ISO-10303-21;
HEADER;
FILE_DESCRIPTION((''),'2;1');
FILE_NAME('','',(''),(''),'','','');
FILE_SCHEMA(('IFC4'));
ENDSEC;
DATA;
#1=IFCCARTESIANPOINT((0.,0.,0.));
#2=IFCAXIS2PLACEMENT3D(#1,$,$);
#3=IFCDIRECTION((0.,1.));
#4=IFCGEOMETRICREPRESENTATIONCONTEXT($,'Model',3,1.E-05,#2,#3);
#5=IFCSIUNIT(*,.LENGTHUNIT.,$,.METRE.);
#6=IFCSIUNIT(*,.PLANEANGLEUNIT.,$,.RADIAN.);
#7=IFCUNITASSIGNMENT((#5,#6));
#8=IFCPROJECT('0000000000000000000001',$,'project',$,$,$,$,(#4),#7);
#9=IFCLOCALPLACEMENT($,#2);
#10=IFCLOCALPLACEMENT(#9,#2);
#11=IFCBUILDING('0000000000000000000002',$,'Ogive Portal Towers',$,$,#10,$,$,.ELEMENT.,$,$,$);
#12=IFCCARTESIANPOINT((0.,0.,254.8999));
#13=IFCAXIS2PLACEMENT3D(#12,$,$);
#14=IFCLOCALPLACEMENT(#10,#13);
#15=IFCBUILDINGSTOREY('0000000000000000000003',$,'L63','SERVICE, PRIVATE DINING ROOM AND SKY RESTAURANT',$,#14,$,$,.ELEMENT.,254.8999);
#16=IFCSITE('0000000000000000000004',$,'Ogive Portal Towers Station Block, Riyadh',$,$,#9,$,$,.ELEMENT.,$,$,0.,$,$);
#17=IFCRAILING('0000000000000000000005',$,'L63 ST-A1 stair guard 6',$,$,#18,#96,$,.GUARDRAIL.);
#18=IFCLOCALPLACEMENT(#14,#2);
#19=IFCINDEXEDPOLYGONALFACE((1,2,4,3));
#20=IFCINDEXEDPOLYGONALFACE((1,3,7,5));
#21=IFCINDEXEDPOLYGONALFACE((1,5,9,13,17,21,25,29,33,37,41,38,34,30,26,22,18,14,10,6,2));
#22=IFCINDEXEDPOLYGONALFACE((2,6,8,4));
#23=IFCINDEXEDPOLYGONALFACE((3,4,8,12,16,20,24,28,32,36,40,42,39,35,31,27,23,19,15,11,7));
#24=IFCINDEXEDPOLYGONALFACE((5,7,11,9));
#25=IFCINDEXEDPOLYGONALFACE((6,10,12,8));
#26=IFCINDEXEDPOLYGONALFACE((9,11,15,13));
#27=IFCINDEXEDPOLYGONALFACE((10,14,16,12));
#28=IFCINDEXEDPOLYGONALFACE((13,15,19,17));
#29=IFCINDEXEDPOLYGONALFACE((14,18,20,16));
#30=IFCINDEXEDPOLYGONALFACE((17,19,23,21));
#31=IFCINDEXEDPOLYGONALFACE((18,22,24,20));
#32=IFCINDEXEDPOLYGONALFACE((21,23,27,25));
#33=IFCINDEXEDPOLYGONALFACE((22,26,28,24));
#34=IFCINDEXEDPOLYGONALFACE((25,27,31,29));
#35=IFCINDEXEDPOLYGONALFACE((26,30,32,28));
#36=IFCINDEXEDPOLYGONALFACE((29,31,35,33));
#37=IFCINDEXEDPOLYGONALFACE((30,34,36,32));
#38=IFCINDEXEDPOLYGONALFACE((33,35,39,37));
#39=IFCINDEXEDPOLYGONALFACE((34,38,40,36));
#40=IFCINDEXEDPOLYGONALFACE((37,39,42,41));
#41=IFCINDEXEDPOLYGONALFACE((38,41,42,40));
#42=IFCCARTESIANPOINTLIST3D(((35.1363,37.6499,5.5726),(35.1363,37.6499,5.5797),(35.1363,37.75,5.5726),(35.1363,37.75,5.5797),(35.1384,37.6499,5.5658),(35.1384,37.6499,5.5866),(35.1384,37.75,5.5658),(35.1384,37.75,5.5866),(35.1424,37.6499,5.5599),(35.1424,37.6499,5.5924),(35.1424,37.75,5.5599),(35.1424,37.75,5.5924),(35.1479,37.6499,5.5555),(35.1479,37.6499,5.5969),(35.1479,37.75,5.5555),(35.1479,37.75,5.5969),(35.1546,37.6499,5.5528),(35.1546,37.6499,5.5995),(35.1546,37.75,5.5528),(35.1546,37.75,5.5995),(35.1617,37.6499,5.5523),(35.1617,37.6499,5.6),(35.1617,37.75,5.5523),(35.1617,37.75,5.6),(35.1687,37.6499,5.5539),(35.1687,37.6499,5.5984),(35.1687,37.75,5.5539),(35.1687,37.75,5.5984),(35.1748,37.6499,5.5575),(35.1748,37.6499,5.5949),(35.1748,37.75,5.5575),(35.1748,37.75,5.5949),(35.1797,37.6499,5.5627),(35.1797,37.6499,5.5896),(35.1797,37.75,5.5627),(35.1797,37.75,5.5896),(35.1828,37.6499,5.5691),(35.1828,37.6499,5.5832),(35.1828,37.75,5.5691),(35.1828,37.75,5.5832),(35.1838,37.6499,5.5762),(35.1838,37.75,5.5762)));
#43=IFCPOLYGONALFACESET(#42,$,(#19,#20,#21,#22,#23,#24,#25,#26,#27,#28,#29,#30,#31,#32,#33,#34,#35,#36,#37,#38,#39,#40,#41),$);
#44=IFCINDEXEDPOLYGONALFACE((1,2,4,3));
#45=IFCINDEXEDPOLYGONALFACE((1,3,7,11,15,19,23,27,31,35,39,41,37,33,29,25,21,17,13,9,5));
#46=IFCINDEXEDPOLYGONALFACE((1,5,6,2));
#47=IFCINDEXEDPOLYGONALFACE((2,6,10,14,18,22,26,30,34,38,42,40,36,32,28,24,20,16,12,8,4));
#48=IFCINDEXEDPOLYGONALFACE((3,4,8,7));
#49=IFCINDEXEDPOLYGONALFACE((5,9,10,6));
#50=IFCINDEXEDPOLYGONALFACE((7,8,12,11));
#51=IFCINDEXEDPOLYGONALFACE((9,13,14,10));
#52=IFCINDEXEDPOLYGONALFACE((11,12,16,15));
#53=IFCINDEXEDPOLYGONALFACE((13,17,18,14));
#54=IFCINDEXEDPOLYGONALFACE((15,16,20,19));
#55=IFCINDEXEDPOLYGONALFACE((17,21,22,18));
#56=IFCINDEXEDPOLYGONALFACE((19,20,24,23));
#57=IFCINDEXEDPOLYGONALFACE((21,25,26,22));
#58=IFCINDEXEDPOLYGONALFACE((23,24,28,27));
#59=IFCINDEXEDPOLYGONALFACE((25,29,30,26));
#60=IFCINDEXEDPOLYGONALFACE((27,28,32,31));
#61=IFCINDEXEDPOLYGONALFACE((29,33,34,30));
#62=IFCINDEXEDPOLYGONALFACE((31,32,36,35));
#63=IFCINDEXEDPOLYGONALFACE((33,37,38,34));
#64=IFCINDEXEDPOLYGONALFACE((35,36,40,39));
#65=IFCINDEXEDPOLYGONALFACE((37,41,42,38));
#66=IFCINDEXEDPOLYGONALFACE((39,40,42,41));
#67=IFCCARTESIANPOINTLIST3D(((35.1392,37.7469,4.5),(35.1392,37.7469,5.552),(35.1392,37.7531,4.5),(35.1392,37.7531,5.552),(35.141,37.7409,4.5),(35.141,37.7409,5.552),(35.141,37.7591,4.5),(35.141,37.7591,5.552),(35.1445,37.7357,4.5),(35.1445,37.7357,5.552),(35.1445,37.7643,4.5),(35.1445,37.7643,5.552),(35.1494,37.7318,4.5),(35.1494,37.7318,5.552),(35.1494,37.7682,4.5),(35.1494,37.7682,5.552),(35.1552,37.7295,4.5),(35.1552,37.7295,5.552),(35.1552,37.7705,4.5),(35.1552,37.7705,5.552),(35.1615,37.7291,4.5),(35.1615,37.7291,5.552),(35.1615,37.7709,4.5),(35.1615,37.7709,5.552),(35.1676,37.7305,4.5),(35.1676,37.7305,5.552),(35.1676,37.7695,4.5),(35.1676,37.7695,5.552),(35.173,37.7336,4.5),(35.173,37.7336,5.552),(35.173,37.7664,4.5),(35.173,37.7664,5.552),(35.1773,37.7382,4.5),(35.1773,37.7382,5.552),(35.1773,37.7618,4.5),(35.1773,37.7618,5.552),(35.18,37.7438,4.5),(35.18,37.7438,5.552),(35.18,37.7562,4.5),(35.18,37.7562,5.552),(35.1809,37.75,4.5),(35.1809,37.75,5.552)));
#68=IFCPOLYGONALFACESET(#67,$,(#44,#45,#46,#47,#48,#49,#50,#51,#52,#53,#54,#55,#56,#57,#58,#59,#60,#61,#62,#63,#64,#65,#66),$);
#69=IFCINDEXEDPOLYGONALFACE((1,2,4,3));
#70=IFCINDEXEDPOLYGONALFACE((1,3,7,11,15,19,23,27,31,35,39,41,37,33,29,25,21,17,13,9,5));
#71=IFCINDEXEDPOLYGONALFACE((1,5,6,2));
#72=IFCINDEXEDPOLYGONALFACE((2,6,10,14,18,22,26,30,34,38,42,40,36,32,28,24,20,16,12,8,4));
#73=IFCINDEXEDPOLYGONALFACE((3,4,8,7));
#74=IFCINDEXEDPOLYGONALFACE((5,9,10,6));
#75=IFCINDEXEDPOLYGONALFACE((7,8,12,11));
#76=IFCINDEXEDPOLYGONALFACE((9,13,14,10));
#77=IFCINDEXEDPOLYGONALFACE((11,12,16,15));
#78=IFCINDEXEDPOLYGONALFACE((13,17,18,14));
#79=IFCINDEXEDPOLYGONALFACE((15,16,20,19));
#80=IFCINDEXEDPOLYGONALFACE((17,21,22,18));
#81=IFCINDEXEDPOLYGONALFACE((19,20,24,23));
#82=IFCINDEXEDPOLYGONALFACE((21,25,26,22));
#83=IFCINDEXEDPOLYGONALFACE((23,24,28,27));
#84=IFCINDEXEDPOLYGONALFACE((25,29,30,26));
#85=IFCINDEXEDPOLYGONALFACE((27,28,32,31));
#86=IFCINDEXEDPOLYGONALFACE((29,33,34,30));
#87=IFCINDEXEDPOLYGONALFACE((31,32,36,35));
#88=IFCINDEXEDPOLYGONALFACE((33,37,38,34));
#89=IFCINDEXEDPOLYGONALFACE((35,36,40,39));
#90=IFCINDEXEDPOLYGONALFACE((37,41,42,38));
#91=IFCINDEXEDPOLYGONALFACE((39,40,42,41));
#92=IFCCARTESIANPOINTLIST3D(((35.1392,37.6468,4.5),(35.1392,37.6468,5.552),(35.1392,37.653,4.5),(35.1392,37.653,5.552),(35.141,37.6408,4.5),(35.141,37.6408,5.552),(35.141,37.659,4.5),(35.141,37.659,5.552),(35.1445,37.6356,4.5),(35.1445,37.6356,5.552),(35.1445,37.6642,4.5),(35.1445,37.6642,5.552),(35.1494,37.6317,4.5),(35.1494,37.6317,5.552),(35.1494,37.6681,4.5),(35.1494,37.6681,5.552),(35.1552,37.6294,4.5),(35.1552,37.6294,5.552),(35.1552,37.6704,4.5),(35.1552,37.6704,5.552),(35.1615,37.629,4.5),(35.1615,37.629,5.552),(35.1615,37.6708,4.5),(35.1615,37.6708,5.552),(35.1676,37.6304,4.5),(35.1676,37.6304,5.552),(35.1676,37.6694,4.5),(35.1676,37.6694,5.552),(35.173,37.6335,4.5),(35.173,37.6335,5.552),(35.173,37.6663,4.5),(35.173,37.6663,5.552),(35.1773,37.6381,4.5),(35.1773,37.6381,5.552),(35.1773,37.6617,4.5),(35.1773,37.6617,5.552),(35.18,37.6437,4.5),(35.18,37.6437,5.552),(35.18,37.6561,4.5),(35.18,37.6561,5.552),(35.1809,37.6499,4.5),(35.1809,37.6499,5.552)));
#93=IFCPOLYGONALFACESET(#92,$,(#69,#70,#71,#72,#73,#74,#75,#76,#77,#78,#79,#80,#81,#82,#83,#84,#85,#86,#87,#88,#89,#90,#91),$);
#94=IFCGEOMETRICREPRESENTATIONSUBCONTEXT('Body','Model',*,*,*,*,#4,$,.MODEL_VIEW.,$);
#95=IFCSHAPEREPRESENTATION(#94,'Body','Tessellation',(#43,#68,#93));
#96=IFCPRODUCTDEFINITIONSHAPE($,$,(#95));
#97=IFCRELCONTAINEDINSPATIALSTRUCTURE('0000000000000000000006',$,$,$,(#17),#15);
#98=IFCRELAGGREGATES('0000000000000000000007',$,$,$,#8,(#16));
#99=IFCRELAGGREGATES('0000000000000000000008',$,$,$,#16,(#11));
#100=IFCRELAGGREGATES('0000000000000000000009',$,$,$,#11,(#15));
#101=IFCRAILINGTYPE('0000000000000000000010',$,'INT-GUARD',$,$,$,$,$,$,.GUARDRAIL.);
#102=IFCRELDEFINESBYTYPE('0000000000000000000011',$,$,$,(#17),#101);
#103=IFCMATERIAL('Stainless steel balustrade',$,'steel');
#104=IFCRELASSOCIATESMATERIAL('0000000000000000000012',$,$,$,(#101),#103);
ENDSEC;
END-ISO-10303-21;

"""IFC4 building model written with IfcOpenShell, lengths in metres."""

from ifc_helpers import new_model, si_unit, direction, frame, origin, origin_2d, place, context, subcontext, project, spatial, circle, extrude, material, type_object, element, save


model = new_model("IFC4")

# Units and contexts
model_context = context("Model", 3, precision=1e-05, world=origin(), true_north=direction((0.0, 1.0)))
body_context = subcontext(model_context, "Body", "Model", "MODEL_VIEW")
ifc_project = project(units=[si_unit("LENGTHUNIT", "METRE"), si_unit("PLANEANGLEUNIT", "RADIAN")], contexts=[model_context])

# Site, building, storey
site_placement = place(None, origin())
site = spatial("IfcSite", under=ifc_project, at=site_placement, Name="Ogive Portal Towers Station Block, Riyadh", CompositionType="ELEMENT", RefElevation=0.0)
building_placement = place(site_placement, origin())
building = spatial("IfcBuilding", under=site, at=building_placement, Name="Ogive Portal Towers", CompositionType="ELEMENT")
storey_placement = place(building_placement, frame((0.0, 0.0, 254.8999)))
storey = spatial("IfcBuildingStorey", under=building, at=storey_placement, Name="L63", Description="SERVICE, PRIVATE DINING ROOM AND SKY RESTAURANT", CompositionType="ELEMENT", Elevation=254.8999)

# Railing
ifc_material_1 = material(Name="Stainless steel balustrade", Category="steel")
railing_type_1 = type_object("IfcRailingType", Name="INT-GUARD", PredefinedType="GUARDRAIL", material=ifc_material_1)
railing_1_placement = place(storey_placement, frame((35.1599, 37.75, 4.5)))
element("IfcRailing", 1, at=railing_1_placement, inside=storey, type_object=railing_type_1, Name="L63 ST-A1 stair guard 6", PredefinedType="GUARDRAIL", context=body_context, shape_type="SweptSolid", body=[
    extrude(circle(Radius=0.0239, at=origin_2d()), frame((0.0, 0.0, 1.0762), z_axis=(0.0, -1.0, 0.0), x_axis=(1.0, 0.0, 0.0)), (0.0, 0.0, 1.0), 0.1001),
    extrude(circle(Radius=0.021, at=origin_2d()), origin(), (0.0, 0.0, 1.0), 1.052),
    extrude(circle(Radius=0.021, at=origin_2d()), frame((0.0, -0.1001, 0.0)), (0.0, 0.0, 1.0), 1.052),
])

save(model, "model.ifc")
